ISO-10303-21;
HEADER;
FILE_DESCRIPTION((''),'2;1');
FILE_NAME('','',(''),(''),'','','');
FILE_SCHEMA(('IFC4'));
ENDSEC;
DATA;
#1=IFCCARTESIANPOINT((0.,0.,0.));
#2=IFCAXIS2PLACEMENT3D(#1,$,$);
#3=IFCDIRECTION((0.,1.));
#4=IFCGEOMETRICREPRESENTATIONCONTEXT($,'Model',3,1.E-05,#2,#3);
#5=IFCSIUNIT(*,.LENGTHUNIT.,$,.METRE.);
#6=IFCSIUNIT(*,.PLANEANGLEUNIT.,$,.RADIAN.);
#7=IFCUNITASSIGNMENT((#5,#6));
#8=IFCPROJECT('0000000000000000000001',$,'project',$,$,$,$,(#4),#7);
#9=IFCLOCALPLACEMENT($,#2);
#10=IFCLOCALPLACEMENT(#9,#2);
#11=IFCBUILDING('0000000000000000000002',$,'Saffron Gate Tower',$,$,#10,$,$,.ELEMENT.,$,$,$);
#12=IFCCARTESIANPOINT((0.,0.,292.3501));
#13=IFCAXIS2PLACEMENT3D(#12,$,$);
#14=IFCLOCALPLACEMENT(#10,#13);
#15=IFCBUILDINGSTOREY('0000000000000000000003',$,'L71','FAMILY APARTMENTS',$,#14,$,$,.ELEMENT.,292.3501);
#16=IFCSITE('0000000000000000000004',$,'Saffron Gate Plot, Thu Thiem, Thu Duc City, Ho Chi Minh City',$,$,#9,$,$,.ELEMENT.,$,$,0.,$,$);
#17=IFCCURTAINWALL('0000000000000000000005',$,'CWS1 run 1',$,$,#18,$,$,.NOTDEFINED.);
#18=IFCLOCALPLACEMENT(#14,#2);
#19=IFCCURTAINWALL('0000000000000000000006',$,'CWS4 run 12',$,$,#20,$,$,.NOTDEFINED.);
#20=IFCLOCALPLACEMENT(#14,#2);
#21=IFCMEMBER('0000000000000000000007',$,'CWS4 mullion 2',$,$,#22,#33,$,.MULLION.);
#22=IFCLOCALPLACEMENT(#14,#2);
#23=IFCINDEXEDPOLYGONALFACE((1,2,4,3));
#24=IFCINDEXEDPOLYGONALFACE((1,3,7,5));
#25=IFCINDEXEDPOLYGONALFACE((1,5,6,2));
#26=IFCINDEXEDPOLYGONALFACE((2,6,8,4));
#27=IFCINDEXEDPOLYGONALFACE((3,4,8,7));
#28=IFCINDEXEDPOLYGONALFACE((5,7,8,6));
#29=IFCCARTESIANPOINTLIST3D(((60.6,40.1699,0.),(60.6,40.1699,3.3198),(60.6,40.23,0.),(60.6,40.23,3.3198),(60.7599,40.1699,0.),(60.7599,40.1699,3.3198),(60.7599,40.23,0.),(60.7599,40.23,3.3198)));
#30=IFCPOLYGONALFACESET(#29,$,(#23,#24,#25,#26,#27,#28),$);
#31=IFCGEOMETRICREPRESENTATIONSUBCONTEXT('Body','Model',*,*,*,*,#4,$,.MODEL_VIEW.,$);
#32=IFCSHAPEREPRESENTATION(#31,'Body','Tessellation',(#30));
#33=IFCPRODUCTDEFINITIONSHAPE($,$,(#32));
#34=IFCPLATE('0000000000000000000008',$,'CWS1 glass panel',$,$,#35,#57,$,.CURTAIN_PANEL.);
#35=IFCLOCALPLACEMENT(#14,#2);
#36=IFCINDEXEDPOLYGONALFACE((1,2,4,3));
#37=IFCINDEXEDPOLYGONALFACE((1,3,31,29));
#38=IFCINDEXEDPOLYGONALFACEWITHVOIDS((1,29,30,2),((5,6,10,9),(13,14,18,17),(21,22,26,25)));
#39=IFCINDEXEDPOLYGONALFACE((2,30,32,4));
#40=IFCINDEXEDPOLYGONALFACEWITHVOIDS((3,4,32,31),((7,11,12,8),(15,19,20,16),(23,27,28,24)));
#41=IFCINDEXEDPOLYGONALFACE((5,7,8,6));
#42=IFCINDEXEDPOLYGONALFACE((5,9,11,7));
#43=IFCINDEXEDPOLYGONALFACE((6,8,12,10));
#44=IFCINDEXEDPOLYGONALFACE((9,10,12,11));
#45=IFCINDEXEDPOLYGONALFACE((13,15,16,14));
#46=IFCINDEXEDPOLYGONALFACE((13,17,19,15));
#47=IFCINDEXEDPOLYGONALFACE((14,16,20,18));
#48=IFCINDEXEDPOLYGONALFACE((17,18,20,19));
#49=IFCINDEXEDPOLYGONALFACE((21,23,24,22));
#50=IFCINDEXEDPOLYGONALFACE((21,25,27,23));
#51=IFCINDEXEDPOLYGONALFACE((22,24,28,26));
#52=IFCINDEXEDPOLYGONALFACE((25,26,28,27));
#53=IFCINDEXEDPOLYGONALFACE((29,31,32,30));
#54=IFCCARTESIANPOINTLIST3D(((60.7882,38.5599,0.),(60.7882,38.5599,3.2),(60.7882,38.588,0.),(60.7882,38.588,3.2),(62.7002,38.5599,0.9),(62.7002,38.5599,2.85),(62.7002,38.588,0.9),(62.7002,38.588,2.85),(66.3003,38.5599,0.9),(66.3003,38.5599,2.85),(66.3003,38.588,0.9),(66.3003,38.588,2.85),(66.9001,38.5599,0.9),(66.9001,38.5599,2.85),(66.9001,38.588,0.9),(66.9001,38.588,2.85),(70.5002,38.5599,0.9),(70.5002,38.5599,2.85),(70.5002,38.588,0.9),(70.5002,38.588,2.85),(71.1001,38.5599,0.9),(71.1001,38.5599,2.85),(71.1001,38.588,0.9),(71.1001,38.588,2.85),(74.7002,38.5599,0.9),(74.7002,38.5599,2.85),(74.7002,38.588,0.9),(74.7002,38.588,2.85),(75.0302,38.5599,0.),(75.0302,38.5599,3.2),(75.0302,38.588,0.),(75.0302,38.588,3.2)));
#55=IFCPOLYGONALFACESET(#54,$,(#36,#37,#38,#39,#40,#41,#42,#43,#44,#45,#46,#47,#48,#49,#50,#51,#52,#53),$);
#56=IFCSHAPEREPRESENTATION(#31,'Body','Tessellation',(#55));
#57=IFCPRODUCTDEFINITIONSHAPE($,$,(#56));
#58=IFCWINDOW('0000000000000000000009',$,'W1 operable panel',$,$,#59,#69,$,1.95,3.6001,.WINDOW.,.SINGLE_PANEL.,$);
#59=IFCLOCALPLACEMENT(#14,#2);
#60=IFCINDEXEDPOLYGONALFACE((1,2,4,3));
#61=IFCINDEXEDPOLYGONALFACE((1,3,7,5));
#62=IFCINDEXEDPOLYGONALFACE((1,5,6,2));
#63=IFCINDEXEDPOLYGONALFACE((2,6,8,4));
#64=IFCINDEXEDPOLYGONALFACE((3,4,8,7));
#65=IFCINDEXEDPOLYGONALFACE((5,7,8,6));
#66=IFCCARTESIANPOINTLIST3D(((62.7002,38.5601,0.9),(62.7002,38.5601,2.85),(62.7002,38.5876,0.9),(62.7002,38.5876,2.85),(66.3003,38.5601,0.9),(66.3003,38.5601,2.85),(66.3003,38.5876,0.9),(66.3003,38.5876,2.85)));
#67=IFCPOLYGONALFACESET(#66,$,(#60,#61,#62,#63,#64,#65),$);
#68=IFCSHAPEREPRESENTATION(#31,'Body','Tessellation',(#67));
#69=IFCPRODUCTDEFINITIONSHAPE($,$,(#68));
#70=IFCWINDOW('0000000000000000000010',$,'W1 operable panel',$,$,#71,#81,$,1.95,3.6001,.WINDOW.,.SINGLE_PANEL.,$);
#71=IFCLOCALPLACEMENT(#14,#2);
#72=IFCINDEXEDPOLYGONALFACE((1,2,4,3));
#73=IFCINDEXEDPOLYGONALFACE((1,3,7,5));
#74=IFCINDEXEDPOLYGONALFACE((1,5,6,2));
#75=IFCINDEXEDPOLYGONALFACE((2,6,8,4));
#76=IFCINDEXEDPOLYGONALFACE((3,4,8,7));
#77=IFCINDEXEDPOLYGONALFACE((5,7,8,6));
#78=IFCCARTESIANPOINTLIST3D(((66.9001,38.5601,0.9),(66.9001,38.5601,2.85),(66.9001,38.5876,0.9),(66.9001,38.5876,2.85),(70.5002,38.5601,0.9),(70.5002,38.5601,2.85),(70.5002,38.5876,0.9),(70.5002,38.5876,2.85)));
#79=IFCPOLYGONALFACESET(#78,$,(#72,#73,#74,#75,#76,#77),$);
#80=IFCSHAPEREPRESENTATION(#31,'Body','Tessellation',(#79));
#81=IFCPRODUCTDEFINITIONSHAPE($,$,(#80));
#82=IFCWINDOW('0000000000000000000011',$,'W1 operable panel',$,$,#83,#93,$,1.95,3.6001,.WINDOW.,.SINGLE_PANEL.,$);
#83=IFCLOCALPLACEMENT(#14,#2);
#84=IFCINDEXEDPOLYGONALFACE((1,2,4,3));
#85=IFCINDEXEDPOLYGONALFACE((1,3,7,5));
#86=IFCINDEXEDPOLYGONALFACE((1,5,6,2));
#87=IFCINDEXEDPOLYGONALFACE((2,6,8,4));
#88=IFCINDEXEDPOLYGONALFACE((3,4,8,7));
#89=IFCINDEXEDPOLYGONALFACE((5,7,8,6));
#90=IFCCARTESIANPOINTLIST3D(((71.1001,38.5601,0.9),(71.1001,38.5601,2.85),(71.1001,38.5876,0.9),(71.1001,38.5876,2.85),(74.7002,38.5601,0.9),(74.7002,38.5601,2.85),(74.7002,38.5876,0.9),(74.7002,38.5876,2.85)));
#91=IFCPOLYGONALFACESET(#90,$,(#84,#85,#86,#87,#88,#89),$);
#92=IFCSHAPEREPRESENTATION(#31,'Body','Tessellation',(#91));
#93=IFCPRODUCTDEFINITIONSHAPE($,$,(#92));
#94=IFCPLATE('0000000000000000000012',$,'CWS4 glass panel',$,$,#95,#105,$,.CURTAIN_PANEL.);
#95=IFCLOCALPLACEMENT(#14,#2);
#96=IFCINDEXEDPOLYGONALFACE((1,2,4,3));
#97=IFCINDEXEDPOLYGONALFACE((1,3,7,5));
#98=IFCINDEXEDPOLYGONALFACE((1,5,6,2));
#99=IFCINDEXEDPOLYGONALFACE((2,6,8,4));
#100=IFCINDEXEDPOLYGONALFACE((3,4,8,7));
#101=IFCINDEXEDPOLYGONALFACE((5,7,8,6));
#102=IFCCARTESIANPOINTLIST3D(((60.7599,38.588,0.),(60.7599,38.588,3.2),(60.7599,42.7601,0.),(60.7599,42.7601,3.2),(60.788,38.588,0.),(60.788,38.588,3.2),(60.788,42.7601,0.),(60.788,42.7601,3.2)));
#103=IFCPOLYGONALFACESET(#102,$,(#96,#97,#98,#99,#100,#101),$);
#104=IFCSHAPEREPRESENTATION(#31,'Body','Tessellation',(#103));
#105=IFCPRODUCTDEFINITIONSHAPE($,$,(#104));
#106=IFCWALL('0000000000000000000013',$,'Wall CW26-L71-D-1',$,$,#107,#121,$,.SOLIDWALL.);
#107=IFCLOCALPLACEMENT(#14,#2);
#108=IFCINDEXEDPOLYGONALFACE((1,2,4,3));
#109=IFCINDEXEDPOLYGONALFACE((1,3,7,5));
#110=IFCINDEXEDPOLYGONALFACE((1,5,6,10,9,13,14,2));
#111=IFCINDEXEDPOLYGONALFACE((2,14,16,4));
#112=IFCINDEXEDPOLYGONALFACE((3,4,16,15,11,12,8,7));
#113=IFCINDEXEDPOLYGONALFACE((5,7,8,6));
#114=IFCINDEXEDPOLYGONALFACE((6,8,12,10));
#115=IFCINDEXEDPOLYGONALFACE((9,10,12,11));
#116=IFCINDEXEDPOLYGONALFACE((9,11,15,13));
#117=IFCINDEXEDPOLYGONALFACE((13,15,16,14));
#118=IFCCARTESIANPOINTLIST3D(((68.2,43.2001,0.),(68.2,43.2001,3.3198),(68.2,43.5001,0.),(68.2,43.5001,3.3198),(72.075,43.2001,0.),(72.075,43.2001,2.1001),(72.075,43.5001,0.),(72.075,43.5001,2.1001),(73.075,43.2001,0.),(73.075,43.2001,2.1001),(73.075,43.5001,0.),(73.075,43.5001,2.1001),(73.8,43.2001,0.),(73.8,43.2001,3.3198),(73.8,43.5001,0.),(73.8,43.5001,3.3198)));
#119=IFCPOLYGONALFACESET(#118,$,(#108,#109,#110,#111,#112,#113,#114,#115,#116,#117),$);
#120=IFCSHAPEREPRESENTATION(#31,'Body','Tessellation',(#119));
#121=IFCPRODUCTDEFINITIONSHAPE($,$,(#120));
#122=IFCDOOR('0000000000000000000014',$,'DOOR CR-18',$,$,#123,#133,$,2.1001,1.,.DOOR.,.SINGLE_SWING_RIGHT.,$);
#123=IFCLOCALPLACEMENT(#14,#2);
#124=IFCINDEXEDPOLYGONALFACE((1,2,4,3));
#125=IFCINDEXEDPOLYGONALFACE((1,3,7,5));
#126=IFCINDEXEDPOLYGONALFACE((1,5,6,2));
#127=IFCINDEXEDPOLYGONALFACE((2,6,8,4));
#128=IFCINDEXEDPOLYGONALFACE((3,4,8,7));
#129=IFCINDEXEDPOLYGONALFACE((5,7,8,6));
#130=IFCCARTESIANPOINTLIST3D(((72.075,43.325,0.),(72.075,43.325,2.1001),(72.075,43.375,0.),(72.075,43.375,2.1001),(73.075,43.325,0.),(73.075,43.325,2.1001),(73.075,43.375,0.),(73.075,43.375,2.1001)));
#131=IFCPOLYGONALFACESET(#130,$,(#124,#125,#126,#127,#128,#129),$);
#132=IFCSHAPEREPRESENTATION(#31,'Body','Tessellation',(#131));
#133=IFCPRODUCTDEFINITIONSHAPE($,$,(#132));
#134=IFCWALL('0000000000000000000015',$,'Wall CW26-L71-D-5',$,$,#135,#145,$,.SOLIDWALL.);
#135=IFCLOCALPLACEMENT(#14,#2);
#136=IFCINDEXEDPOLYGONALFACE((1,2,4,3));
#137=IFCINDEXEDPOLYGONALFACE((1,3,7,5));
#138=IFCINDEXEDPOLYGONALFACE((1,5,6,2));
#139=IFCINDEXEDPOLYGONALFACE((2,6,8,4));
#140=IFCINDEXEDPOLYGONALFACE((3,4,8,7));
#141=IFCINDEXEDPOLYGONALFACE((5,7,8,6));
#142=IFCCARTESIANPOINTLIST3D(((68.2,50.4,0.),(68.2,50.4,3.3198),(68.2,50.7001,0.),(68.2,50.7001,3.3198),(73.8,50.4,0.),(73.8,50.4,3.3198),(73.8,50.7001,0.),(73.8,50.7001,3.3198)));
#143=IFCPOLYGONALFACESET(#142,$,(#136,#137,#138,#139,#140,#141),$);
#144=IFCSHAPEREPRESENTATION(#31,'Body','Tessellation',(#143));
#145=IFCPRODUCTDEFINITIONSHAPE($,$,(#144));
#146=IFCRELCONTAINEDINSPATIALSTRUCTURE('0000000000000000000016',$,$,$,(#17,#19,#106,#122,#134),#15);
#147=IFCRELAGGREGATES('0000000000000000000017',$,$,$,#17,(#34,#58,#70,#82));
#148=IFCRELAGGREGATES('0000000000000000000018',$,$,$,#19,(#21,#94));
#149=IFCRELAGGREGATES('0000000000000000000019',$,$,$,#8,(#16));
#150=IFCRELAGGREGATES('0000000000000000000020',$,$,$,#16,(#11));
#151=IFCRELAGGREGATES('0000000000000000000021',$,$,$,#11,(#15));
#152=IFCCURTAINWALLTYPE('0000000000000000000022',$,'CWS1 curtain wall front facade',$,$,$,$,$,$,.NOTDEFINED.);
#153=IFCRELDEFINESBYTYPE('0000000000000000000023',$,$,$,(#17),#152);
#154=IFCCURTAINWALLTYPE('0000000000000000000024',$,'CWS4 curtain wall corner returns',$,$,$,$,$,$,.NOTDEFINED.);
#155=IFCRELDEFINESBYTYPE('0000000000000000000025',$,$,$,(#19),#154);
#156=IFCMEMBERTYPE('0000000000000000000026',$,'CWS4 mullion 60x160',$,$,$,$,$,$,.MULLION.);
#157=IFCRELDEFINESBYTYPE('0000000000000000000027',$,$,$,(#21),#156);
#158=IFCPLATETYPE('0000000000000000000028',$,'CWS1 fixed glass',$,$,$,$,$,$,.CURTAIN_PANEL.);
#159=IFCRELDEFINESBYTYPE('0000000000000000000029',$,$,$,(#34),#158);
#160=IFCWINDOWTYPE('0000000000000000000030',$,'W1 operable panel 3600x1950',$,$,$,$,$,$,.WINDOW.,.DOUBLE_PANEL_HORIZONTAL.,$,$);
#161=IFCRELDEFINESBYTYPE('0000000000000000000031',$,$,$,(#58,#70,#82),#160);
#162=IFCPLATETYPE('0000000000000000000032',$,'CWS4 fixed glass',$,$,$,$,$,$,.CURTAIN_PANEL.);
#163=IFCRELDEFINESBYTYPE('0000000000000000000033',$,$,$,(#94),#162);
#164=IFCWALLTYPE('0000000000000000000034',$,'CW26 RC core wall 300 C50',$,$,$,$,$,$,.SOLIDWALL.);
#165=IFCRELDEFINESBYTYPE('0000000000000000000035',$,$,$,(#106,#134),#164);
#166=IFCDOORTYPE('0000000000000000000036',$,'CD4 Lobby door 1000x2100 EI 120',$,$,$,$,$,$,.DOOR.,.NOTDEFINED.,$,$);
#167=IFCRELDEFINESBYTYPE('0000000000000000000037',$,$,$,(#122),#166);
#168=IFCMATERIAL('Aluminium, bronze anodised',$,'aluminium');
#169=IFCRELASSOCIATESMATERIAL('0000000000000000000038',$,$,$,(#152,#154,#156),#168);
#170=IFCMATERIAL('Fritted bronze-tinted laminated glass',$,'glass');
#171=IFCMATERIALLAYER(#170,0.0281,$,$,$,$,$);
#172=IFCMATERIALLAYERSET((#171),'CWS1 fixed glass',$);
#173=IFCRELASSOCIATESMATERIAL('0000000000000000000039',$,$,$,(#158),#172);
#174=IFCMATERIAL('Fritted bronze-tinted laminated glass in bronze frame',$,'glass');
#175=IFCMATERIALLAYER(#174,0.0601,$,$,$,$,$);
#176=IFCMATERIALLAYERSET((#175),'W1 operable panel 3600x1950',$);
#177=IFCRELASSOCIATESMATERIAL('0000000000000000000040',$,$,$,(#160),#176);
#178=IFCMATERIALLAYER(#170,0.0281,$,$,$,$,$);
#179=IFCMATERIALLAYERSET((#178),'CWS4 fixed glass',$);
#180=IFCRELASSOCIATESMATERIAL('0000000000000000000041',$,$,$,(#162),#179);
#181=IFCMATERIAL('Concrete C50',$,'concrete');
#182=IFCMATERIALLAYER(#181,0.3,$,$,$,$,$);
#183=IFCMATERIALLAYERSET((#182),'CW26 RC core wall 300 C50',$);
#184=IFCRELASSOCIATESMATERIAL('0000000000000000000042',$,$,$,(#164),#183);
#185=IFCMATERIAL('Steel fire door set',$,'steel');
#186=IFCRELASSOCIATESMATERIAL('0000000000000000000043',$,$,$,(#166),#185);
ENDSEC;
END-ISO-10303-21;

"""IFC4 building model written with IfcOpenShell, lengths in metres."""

from ifc_helpers import new_model, si_unit, direction, frame, frame_2d, origin, origin_2d, place, context, subcontext, project, spatial, rectangle, extrude, material, layer, layer_set, material_profile, profile_set, type_object, element, fill, aggregate, save


model = new_model("IFC4")

# Units and contexts
model_context = context("Model", 3, precision=1e-05, world=origin(), true_north=direction((0.0, 1.0)))
body_context = subcontext(model_context, "Body", "Model", "MODEL_VIEW")
ifc_project = project(units=[si_unit("LENGTHUNIT", "METRE"), si_unit("PLANEANGLEUNIT", "RADIAN")], contexts=[model_context])

# Site, building, storey
site_placement = place(None, origin())
site = spatial("IfcSite", under=ifc_project, at=site_placement, Name="Saffron Gate Plot, Thu Thiem, Thu Duc City, Ho Chi Minh City", CompositionType="ELEMENT", RefElevation=0.0)
building_placement = place(site_placement, origin())
building = spatial("IfcBuilding", under=site, at=building_placement, Name="Saffron Gate Tower", CompositionType="ELEMENT")
storey_placement = place(building_placement, frame((0.0, 0.0, 292.3501)))
storey = spatial("IfcBuildingStorey", under=building, at=storey_placement, Name="L71", Description="FAMILY APARTMENTS", CompositionType="ELEMENT", Elevation=292.3501)

# Curtain walls, member
ifc_material_1 = material(Name="Aluminium, bronze anodised", Category="aluminium")
curtain_wall_type_1 = type_object("IfcCurtainWallType", Name="CWS1 curtain wall front facade", PredefinedType="NOTDEFINED", material=ifc_material_1)
curtain_wall_1_placement = place(storey_placement, origin())
curtain_wall_1 = element("IfcCurtainWall", 1, at=curtain_wall_1_placement, inside=storey, type_object=curtain_wall_type_1, Name="CWS1 run 1", PredefinedType="NOTDEFINED")
curtain_wall_type_2 = type_object("IfcCurtainWallType", Name="CWS4 curtain wall corner returns", PredefinedType="NOTDEFINED", material=ifc_material_1)
curtain_wall_2_placement = place(storey_placement, origin())
curtain_wall_2 = element("IfcCurtainWall", 2, at=curtain_wall_2_placement, inside=storey, type_object=curtain_wall_type_2, Name="CWS4 run 12", PredefinedType="NOTDEFINED")
ifc_material_profile_1 = material_profile(ifc_material_1, rectangle(XDim=0.1599, YDim=0.0601, at=origin_2d()))
ifc_profile_set_1 = profile_set([ifc_material_profile_1], Name="Aluminium, bronze anodised")
member_type_1 = type_object("IfcMemberType", Name="CWS4 mullion 60x160", PredefinedType="MULLION", material=ifc_profile_set_1)
member_1_placement = place(storey_placement, frame((60.6799, 40.2, 0.0), z_axis=(0.0, 0.0, 1.0), x_axis=(1.0, 0.0, 0.0)))
member_1 = element("IfcMember", 3, at=member_1_placement, type_object=member_type_1, Name="CWS4 mullion 2", PredefinedType="MULLION", context=body_context, shape_type="SweptSolid", body=[
    extrude(rectangle(XDim=0.1599, YDim=0.0601, at=origin_2d()), origin(), (0.0, 0.0, 1.0), 3.3198),
])

# Plate, openings, windows
ifc_material_2 = material(Name="Fritted bronze-tinted laminated glass", Category="glass")
ifc_layer_1 = layer(ifc_material_2, 0.0281)
ifc_layer_set_1 = layer_set([ifc_layer_1], Name="CWS1 fixed glass")
plate_type_1 = type_object("IfcPlateType", Name="CWS1 fixed glass", PredefinedType="CURTAIN_PANEL", material=ifc_layer_set_1)
plate_1_placement = place(storey_placement, frame((60.7881, 38.574, 0.0), z_axis=(0.0, 0.0, 1.0), x_axis=(1.0, 0.0, 0.0)))
plate_1 = element("IfcPlate", 4, at=plate_1_placement, type_object=plate_type_1, Name="CWS1 glass panel", PredefinedType="CURTAIN_PANEL", context=body_context, shape_type="SweptSolid", body=[
    extrude(rectangle(XDim=14.2419, YDim=0.0281, at=frame_2d((7.1211, 0.0))), origin(), (0.0, 0.0, 1.0), 3.2),
])
opening_1_placement = place(plate_1_placement, frame((1.9121, 0.0, 0.8999)))
opening_1 = element("IfcOpeningElement", 5, at=opening_1_placement, cuts=plate_1, PredefinedType="OPENING", context=body_context, shape_type="SweptSolid", body=[
    extrude(rectangle(XDim=3.6001, YDim=1.95, at=frame_2d((1.8, 0.9751))), frame((0.0, 0.0239, 0.0), z_axis=(0.0, -1.0, 0.0), x_axis=(1.0, 0.0, 0.0)), (0.0, 0.0, 1.0), 0.0481),
])
opening_2_placement = place(plate_1_placement, frame((6.1121, 0.0, 0.8999)))
opening_2 = element("IfcOpeningElement", 6, at=opening_2_placement, cuts=plate_1, PredefinedType="OPENING", context=body_context, shape_type="SweptSolid", body=[
    extrude(rectangle(XDim=3.6001, YDim=1.95, at=frame_2d((1.8, 0.9751))), frame((0.0, 0.0239, 0.0), z_axis=(0.0, -1.0, 0.0), x_axis=(1.0, 0.0, 0.0)), (0.0, 0.0, 1.0), 0.0481),
])
opening_3_placement = place(plate_1_placement, frame((10.312, 0.0, 0.8999)))
opening_3 = element("IfcOpeningElement", 7, at=opening_3_placement, cuts=plate_1, PredefinedType="OPENING", context=body_context, shape_type="SweptSolid", body=[
    extrude(rectangle(XDim=3.6001, YDim=1.95, at=frame_2d((1.8, 0.9751))), frame((0.0, 0.0239, 0.0), z_axis=(0.0, -1.0, 0.0), x_axis=(1.0, 0.0, 0.0)), (0.0, 0.0, 1.0), 0.0481),
])
ifc_material_3 = material(Name="Fritted bronze-tinted laminated glass in bronze frame", Category="glass")
ifc_layer_2 = layer(ifc_material_3, 0.0601)
ifc_layer_set_2 = layer_set([ifc_layer_2], Name="W1 operable panel 3600x1950")
window_type = type_object("IfcWindowType", Name="W1 operable panel 3600x1950", PartitioningType="DOUBLE_PANEL_HORIZONTAL", PredefinedType="WINDOW", material=ifc_layer_set_2)
window_1_placement = place(opening_1_placement, origin())
window_1 = element("IfcWindow", 8, at=window_1_placement, type_object=window_type, Name="W1 operable panel", OverallHeight=1.95, OverallWidth=3.6001, PartitioningType="SINGLE_PANEL", PredefinedType="WINDOW", context=body_context, shape_type="SweptSolid", body=[
    extrude(rectangle(XDim=3.6001, YDim=1.95, at=frame_2d((1.8, 0.9751))), frame((0.0, 0.0137, 0.0), z_axis=(0.0, -1.0, 0.0), x_axis=(1.0, 0.0, 0.0)), (0.0, 0.0, 1.0), 0.0276),
])
fill(opening_1, window_1)
window_2_placement = place(opening_2_placement, origin())
window_2 = element("IfcWindow", 9, at=window_2_placement, type_object=window_type, Name="W1 operable panel", OverallHeight=1.95, OverallWidth=3.6001, PartitioningType="SINGLE_PANEL", PredefinedType="WINDOW", context=body_context, shape_type="SweptSolid", body=[
    extrude(rectangle(XDim=3.6001, YDim=1.95, at=frame_2d((1.8, 0.9751))), frame((0.0, 0.0137, 0.0), z_axis=(0.0, -1.0, 0.0), x_axis=(1.0, 0.0, 0.0)), (0.0, 0.0, 1.0), 0.0276),
])
fill(opening_2, window_2)
window_3_placement = place(opening_3_placement, origin())
window_3 = element("IfcWindow", 10, at=window_3_placement, type_object=window_type, Name="W1 operable panel", OverallHeight=1.95, OverallWidth=3.6001, PartitioningType="SINGLE_PANEL", PredefinedType="WINDOW", context=body_context, shape_type="SweptSolid", body=[
    extrude(rectangle(XDim=3.6001, YDim=1.95, at=frame_2d((1.8, 0.9751))), frame((0.0, 0.0137, 0.0), z_axis=(0.0, -1.0, 0.0), x_axis=(1.0, 0.0, 0.0)), (0.0, 0.0, 1.0), 0.0276),
])
fill(opening_3, window_3)
aggregate(curtain_wall_1, [plate_1, window_1, window_2, window_3])

# Plate
ifc_layer_3 = layer(ifc_material_2, 0.0281)
ifc_layer_set_3 = layer_set([ifc_layer_3], Name="CWS4 fixed glass")
plate_type_2 = type_object("IfcPlateType", Name="CWS4 fixed glass", PredefinedType="CURTAIN_PANEL", material=ifc_layer_set_3)
plate_2_placement = place(storey_placement, frame((60.7739, 42.76, 0.0), z_axis=(0.0, 0.0, 1.0), x_axis=(0.0, -1.0, 0.0)))
plate_2 = element("IfcPlate", 11, at=plate_2_placement, type_object=plate_type_2, Name="CWS4 glass panel", PredefinedType="CURTAIN_PANEL", context=body_context, shape_type="SweptSolid", body=[
    extrude(rectangle(XDim=4.1721, YDim=0.0281, at=frame_2d((2.0859, 0.0))), origin(), (0.0, 0.0, 1.0), 3.2),
])
aggregate(curtain_wall_2, [member_1, plate_2])

# Wall, opening, door
ifc_material_4 = material(Name="Concrete C50", Category="concrete")
ifc_layer_4 = layer(ifc_material_4, 0.3)
ifc_layer_set_4 = layer_set([ifc_layer_4], Name="CW26 RC core wall 300 C50")
wall_type_1 = type_object("IfcWallType", Name="CW26 RC core wall 300 C50", PredefinedType="SOLIDWALL", material=ifc_layer_set_4)
wall_1_placement = place(storey_placement, frame((68.2, 43.3501, 0.0), z_axis=(0.0, 0.0, 1.0), x_axis=(1.0, 0.0, 0.0)))
wall_1 = element("IfcWall", 12, at=wall_1_placement, inside=storey, type_object=wall_type_1, Name="Wall CW26-L71-D-1", PredefinedType="SOLIDWALL", context=body_context, shape_type="SweptSolid", body=[
    extrude(rectangle(XDim=5.6001, YDim=0.3, at=frame_2d((2.8, 0.0))), origin(), (0.0, 0.0, 1.0), 3.3198),
])
opening_4_placement = place(wall_1_placement, frame((3.875, 0.0, 0.0)))
opening_4 = element("IfcOpeningElement", 13, at=opening_4_placement, cuts=wall_1, PredefinedType="OPENING", context=body_context, shape_type="SweptSolid", body=[
    extrude(rectangle(XDim=1.0, YDim=2.1001, at=frame_2d((0.5, 1.05))), frame((0.0, 0.1602, 0.0), z_axis=(0.0, -1.0, 0.0), x_axis=(1.0, 0.0, 0.0)), (0.0, 0.0, 1.0), 0.3201),
])
ifc_material_5 = material(Name="Steel fire door set", Category="steel")
door_type_1 = type_object("IfcDoorType", Name="CD4 Lobby door 1000x2100 EI 120", OperationType="NOTDEFINED", PredefinedType="DOOR", material=ifc_material_5)
door_1_placement = place(opening_4_placement, origin())
door_1 = element("IfcDoor", 14, at=door_1_placement, inside=storey, type_object=door_type_1, Name="DOOR CR-18", OperationType="SINGLE_SWING_RIGHT", OverallHeight=2.1001, OverallWidth=1.0, PredefinedType="DOOR", context=body_context, shape_type="SweptSolid", body=[
    extrude(rectangle(XDim=1.0, YDim=2.1001, at=frame_2d((0.5, 1.05))), frame((0.0, 0.0249, 0.0), z_axis=(0.0, -1.0, 0.0), x_axis=(1.0, 0.0, 0.0)), (0.0, 0.0, 1.0), 0.05),
])
fill(opening_4, door_1)

# Wall
wall_2_placement = place(storey_placement, frame((68.2, 50.55, 0.0), z_axis=(0.0, 0.0, 1.0), x_axis=(1.0, 0.0, 0.0)))
element("IfcWall", 15, at=wall_2_placement, inside=storey, type_object=wall_type_1, Name="Wall CW26-L71-D-5", PredefinedType="SOLIDWALL", context=body_context, shape_type="SweptSolid", body=[
    extrude(rectangle(XDim=5.6001, YDim=0.3, at=frame_2d((2.8, 0.0))), origin(), (0.0, 0.0, 1.0), 3.3198),
])

save(model, "model.ifc")
